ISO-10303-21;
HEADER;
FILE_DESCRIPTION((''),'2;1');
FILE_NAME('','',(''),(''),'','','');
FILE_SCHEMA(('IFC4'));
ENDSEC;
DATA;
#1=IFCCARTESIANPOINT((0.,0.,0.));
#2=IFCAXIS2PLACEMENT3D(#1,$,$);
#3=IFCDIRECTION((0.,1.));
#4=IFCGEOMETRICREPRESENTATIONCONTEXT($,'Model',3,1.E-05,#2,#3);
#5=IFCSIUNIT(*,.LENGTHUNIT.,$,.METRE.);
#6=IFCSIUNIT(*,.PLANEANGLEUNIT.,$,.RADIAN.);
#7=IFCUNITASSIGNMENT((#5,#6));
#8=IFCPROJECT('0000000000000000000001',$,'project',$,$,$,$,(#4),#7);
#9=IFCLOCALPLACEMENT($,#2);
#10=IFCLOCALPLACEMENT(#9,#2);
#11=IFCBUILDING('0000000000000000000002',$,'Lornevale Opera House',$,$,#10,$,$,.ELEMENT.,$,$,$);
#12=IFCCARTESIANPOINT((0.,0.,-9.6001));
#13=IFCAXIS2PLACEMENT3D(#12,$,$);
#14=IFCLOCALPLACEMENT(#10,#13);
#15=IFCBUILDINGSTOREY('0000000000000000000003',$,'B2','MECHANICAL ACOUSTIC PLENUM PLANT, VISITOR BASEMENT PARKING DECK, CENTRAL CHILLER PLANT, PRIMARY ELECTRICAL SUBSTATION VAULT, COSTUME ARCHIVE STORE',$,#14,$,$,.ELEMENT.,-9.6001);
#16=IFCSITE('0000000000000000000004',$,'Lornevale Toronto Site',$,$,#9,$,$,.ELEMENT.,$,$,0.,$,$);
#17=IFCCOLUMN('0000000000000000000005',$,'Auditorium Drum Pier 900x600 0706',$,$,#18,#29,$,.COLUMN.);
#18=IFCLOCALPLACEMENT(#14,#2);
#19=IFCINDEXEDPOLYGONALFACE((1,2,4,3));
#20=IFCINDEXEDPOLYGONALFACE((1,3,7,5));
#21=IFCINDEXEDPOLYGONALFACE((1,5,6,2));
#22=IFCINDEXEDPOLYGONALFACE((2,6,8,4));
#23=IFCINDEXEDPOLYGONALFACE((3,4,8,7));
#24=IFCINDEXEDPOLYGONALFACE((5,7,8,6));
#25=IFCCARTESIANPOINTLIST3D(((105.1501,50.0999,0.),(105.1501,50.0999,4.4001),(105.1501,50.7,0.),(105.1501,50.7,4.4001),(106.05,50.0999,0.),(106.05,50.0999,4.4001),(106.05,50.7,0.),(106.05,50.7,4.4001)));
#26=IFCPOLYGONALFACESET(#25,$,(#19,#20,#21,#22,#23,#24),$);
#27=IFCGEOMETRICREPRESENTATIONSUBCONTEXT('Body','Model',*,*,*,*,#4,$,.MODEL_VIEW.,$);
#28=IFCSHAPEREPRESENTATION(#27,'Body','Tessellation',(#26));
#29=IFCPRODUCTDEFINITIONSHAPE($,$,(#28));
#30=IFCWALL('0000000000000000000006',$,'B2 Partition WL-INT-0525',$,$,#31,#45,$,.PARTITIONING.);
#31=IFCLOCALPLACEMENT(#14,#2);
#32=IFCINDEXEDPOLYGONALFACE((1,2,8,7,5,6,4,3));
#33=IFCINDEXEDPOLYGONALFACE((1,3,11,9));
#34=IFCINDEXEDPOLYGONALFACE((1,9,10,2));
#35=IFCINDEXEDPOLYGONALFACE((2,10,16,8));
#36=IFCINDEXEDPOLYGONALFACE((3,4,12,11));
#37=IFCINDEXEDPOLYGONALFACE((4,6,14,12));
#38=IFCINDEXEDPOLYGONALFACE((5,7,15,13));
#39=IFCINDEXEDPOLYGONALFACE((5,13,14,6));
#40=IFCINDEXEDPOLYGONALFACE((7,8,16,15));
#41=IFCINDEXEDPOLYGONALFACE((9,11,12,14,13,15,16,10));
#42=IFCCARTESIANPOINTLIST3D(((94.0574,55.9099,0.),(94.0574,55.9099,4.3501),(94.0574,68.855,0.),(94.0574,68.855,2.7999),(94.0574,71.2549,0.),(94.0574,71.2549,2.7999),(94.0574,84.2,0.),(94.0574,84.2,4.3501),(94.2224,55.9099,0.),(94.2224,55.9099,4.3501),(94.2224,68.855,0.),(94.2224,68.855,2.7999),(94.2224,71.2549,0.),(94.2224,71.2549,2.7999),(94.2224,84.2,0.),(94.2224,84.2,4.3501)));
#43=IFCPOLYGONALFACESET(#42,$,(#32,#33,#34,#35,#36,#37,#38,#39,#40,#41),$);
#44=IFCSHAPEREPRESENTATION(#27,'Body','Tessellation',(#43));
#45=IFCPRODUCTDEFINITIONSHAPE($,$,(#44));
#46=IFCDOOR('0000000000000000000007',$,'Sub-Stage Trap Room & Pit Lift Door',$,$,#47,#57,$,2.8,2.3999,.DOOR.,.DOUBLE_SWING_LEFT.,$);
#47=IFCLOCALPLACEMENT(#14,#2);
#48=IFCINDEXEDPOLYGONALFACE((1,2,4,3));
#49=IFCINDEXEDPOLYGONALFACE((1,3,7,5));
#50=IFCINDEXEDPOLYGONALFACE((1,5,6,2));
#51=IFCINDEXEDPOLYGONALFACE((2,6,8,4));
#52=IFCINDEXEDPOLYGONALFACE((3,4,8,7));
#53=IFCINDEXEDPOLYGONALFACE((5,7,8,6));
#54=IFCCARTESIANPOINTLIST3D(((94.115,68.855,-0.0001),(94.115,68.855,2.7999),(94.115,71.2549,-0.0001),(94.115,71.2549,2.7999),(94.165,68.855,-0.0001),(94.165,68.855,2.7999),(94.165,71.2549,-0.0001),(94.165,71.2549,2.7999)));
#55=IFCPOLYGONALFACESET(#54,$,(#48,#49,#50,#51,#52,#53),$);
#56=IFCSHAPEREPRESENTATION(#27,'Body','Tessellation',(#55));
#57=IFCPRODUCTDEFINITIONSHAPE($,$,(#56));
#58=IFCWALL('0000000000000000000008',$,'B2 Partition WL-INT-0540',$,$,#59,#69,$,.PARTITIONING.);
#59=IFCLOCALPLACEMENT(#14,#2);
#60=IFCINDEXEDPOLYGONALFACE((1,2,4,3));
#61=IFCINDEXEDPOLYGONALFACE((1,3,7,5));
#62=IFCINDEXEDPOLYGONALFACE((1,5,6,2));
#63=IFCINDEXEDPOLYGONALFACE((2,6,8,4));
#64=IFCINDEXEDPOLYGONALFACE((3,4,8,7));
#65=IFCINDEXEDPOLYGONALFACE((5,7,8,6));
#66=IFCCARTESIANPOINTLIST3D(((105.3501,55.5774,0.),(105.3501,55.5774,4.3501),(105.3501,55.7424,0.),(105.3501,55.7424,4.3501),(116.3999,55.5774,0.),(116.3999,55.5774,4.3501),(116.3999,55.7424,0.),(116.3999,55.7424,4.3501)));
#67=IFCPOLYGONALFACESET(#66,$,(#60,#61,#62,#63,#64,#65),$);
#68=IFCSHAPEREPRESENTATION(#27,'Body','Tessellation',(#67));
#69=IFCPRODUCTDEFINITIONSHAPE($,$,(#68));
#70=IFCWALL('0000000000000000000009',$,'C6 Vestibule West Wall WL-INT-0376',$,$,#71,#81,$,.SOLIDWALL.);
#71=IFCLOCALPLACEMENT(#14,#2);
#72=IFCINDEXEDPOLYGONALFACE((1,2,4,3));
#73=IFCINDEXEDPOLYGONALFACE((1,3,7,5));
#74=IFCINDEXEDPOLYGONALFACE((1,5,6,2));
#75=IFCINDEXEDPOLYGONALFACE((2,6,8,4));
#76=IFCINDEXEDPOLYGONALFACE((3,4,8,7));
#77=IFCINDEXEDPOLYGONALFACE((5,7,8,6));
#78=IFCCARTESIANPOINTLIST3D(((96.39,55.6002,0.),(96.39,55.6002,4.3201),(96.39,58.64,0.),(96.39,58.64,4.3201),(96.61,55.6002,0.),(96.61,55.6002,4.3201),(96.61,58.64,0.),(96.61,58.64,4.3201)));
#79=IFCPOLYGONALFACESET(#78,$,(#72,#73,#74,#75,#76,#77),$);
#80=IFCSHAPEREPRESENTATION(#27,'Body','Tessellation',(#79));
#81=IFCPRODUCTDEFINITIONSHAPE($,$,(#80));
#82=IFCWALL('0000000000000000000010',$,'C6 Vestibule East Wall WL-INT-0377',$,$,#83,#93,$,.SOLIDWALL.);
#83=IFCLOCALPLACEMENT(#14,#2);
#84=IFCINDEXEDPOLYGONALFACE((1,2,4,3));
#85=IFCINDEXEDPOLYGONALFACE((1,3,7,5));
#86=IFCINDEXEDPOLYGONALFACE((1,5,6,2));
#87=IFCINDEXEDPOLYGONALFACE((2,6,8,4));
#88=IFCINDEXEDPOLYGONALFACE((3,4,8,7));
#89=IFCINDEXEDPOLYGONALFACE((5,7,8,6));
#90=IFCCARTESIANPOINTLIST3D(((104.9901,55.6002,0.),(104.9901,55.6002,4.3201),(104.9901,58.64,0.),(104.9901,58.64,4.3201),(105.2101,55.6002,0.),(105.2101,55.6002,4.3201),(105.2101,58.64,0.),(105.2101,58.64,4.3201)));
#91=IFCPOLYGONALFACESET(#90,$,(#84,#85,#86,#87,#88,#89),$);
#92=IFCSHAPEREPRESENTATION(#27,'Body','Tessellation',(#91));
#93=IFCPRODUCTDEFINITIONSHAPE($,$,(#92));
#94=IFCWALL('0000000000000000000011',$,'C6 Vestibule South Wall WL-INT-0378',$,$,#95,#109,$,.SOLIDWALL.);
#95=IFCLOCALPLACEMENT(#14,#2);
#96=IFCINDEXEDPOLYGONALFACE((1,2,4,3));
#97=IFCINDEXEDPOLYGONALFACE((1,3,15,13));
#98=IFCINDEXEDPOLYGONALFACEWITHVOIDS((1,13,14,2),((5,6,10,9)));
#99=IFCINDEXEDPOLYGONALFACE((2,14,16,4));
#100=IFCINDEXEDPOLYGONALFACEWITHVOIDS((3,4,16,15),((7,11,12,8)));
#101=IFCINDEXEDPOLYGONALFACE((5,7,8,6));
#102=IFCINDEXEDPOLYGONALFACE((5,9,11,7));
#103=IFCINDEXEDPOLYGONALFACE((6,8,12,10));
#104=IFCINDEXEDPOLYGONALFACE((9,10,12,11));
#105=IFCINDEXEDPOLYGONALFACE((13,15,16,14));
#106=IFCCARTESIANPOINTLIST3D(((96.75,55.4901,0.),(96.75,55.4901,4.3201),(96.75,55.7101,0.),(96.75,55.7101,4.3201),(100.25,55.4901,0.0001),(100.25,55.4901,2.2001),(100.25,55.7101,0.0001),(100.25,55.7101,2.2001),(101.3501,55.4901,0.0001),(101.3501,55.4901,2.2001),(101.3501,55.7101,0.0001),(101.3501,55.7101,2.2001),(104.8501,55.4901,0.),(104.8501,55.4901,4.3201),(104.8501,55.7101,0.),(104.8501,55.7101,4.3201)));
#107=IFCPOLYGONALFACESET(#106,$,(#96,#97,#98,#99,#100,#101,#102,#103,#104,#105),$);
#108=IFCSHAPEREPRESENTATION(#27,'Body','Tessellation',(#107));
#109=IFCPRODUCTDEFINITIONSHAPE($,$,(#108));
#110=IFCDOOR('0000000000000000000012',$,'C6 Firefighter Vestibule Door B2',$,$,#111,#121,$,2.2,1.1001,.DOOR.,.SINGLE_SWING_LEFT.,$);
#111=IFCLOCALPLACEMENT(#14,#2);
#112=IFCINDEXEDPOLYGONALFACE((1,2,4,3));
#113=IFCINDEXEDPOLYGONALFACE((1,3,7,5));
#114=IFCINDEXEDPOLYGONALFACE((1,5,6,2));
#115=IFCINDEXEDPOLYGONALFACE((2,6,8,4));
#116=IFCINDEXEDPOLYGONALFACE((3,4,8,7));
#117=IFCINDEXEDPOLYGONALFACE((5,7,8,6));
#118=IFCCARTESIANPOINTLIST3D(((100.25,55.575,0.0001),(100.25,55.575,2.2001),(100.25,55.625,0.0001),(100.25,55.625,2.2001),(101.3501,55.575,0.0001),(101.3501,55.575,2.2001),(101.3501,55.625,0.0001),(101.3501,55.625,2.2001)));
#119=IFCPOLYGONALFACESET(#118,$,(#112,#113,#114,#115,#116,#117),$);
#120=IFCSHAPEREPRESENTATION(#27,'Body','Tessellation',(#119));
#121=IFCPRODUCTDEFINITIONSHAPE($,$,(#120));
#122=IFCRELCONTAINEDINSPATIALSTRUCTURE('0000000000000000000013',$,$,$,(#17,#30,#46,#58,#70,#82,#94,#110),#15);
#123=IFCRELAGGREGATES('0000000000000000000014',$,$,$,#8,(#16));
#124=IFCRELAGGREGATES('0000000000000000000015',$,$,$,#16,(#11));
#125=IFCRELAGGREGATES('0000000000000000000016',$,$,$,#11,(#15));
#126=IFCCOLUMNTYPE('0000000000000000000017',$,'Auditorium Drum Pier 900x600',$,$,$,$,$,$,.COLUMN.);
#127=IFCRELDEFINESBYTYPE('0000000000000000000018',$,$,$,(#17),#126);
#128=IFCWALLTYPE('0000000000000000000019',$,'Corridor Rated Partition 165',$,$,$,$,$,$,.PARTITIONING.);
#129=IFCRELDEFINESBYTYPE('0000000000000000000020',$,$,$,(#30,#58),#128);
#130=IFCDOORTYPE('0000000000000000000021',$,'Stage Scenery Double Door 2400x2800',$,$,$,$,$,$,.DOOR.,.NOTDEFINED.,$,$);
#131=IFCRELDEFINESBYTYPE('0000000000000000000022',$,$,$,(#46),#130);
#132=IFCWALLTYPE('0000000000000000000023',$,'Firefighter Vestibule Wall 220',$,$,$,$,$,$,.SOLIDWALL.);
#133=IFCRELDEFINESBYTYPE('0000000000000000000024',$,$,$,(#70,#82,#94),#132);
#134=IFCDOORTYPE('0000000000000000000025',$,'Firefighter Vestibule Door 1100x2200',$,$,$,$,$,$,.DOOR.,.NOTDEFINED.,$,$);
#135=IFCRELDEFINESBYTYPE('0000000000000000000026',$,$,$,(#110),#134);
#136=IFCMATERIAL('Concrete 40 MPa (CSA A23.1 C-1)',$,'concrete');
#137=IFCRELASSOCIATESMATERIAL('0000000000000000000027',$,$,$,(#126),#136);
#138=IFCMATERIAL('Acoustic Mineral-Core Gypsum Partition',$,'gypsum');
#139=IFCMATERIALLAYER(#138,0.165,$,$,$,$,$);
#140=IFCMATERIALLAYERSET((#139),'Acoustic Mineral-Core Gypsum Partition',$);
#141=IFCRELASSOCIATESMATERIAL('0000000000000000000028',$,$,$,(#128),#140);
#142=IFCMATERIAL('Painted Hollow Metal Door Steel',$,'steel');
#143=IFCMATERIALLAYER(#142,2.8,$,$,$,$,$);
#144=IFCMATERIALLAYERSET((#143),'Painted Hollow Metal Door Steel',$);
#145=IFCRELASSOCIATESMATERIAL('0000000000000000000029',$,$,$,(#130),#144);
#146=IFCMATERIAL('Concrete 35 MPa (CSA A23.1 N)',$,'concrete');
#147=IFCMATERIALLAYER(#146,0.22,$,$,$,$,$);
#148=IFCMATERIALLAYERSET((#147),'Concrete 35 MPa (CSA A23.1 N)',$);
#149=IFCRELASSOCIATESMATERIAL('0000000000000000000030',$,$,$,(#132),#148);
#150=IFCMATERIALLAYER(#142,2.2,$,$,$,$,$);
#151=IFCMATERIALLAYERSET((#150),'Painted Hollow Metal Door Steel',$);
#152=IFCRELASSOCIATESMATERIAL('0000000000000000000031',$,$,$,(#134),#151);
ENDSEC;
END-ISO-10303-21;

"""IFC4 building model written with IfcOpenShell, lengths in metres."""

from ifc_helpers import new_model, si_unit, direction, frame, frame_2d, origin, origin_2d, place, context, subcontext, project, spatial, rectangle, extrude, material, layer, layer_set, material_profile, profile_set, type_object, element, fill, save


model = new_model("IFC4")

# Units and contexts
model_context = context("Model", 3, precision=1e-05, world=origin(), true_north=direction((0.0, 1.0)))
body_context = subcontext(model_context, "Body", "Model", "MODEL_VIEW")
ifc_project = project(units=[si_unit("LENGTHUNIT", "METRE"), si_unit("PLANEANGLEUNIT", "RADIAN")], contexts=[model_context])

# Site, building, storey
site_placement = place(None, origin())
site = spatial("IfcSite", under=ifc_project, at=site_placement, Name="Lornevale Toronto Site", CompositionType="ELEMENT", RefElevation=0.0)
building_placement = place(site_placement, origin())
building = spatial("IfcBuilding", under=site, at=building_placement, Name="Lornevale Opera House", CompositionType="ELEMENT")
storey_placement = place(building_placement, frame((0.0, 0.0, -9.6001)))
storey = spatial("IfcBuildingStorey", under=building, at=storey_placement, Name="B2", Description="MECHANICAL ACOUSTIC PLENUM PLANT, VISITOR BASEMENT PARKING DECK, CENTRAL CHILLER PLANT, PRIMARY ELECTRICAL SUBSTATION VAULT, COSTUME ARCHIVE STORE", CompositionType="ELEMENT", Elevation=-9.6001)

# Shared definitions
ifc_material_1 = material(Name="Concrete 35 MPa (CSA A23.1 N)", Category="concrete")

# Shared definitions
ifc_material_2 = material(Name="Concrete 40 MPa (CSA A23.1 C-1)", Category="concrete")

# Column
ifc_material_profile_1 = material_profile(ifc_material_2, rectangle(XDim=0.8999, YDim=0.6001, at=origin_2d()), Name="RC900x600")
ifc_profile_set_1 = profile_set([ifc_material_profile_1], Name="Concrete 40 MPa (CSA A23.1 C-1)")
column_type = type_object("IfcColumnType", Name="Auditorium Drum Pier 900x600", PredefinedType="COLUMN", material=ifc_profile_set_1)
for number, where, z_axis, x_axis, name in (
    (1, (105.6001, 50.3999, 0.0), (0.0, 0.0, 1.0), (1.0, 0.0, 0.0), "Auditorium Drum Pier 900x600 0706"),
):
    element("IfcColumn", number, at=place(storey_placement, frame(where, z_axis=z_axis, x_axis=x_axis)), inside=storey, type_object=column_type, Name=name, PredefinedType="COLUMN", context=body_context, shape_type="SweptSolid", body=[
        extrude(rectangle(XDim=0.8999, YDim=0.6001, at=origin_2d()), origin(), (0.0, 0.0, 1.0), 4.4001),
    ])

# Wall, opening, door
ifc_material_3 = material(Name="Acoustic Mineral-Core Gypsum Partition", Category="gypsum")
ifc_layer_1 = layer(ifc_material_3, 0.165)
ifc_layer_set_1 = layer_set([ifc_layer_1], Name="Acoustic Mineral-Core Gypsum Partition")
wall_type_1 = type_object("IfcWallType", Name="Corridor Rated Partition 165", PredefinedType="PARTITIONING", material=ifc_layer_set_1)
wall_1_placement = place(storey_placement, frame((94.1399, 55.9099, 0.0), z_axis=(0.0, 0.0, 1.0), x_axis=(0.0, 1.0, 0.0)))
wall_1 = element("IfcWall", 2, at=wall_1_placement, inside=storey, type_object=wall_type_1, Name="B2 Partition WL-INT-0525", PredefinedType="PARTITIONING", context=body_context, shape_type="SweptSolid", body=[
    extrude(rectangle(XDim=28.29, YDim=0.165, at=frame_2d((14.145, 0.0))), origin(), (0.0, 0.0, 1.0), 4.3501),
])
opening_1_placement = place(wall_1_placement, frame((12.9451, 0.0, 0.0)))
opening_1 = element("IfcOpeningElement", 3, at=opening_1_placement, cuts=wall_1, PredefinedType="OPENING", context=body_context, shape_type="SweptSolid", body=[
    extrude(rectangle(XDim=2.3999, YDim=2.8, at=frame_2d((1.2, 1.3999))), frame((0.0, 0.0925, 0.0), z_axis=(0.0, -1.0, 0.0), x_axis=(1.0, 0.0, 0.0)), (0.0, 0.0, 1.0), 0.1851),
])
ifc_material_4 = material(Name="Painted Hollow Metal Door Steel", Category="steel")
ifc_layer_2 = layer(ifc_material_4, 2.8)
ifc_layer_set_2 = layer_set([ifc_layer_2], Name="Painted Hollow Metal Door Steel")
door_type_1 = type_object("IfcDoorType", Name="Stage Scenery Double Door 2400x2800", OperationType="NOTDEFINED", PredefinedType="DOOR", material=ifc_layer_set_2)
door_1_placement = place(opening_1_placement, origin())
door_1 = element("IfcDoor", 4, at=door_1_placement, inside=storey, type_object=door_type_1, Name="Sub-Stage Trap Room & Pit Lift Door", OperationType="DOUBLE_SWING_LEFT", OverallHeight=2.8, OverallWidth=2.3999, PredefinedType="DOOR", context=body_context, shape_type="SweptSolid", body=[
    extrude(rectangle(XDim=2.3999, YDim=2.8, at=frame_2d((1.2, 1.3999))), frame((0.0, 0.0249, 0.0), z_axis=(0.0, -1.0, 0.0), x_axis=(1.0, 0.0, 0.0)), (0.0, 0.0, 1.0), 0.05),
])
fill(opening_1, door_1)

# Walls
wall_2_placement = place(storey_placement, frame((105.3501, 55.6599, 0.0), z_axis=(0.0, 0.0, 1.0), x_axis=(1.0, 0.0, 0.0)))
element("IfcWall", 5, at=wall_2_placement, inside=storey, type_object=wall_type_1, Name="B2 Partition WL-INT-0540", PredefinedType="PARTITIONING", context=body_context, shape_type="SweptSolid", body=[
    extrude(rectangle(XDim=11.0498, YDim=0.165, at=frame_2d((5.5249, 0.0))), origin(), (0.0, 0.0, 1.0), 4.3501),
])
ifc_layer_3 = layer(ifc_material_1, 0.22)
ifc_layer_set_3 = layer_set([ifc_layer_3], Name="Concrete 35 MPa (CSA A23.1 N)")
wall_type_2 = type_object("IfcWallType", Name="Firefighter Vestibule Wall 220", PredefinedType="SOLIDWALL", material=ifc_layer_set_3)
for number, where, z_axis, x_axis, name in (
    (6, (96.5, 55.6001, 0.0), (0.0, 0.0, 1.0), (0.0, 1.0, 0.0), "C6 Vestibule West Wall WL-INT-0376"),
    (7, (105.1001, 55.6001, 0.0), (0.0, 0.0, 1.0), (0.0, 1.0, 0.0), "C6 Vestibule East Wall WL-INT-0377"),
):
    element("IfcWall", number, at=place(storey_placement, frame(where, z_axis=z_axis, x_axis=x_axis)), inside=storey, type_object=wall_type_2, Name=name, PredefinedType="SOLIDWALL", context=body_context, shape_type="SweptSolid", body=[
        extrude(rectangle(XDim=3.0398, YDim=0.22, at=frame_2d((1.52, 0.0))), origin(), (0.0, 0.0, 1.0), 4.3201),
    ])

# Wall, opening, door
wall_3_placement = place(storey_placement, frame((96.75, 55.6001, 0.0), z_axis=(0.0, 0.0, 1.0), x_axis=(1.0, 0.0, 0.0)))
wall_3 = element("IfcWall", 8, at=wall_3_placement, inside=storey, type_object=wall_type_2, Name="C6 Vestibule South Wall WL-INT-0378", PredefinedType="SOLIDWALL", context=body_context, shape_type="SweptSolid", body=[
    extrude(rectangle(XDim=8.1001, YDim=0.22, at=frame_2d((4.05, 0.0))), origin(), (0.0, 0.0, 1.0), 4.3201),
])
opening_2_placement = place(wall_3_placement, frame((3.5, 0.0, 0.0)))
opening_2 = element("IfcOpeningElement", 9, at=opening_2_placement, cuts=wall_3, PredefinedType="OPENING", context=body_context, shape_type="SweptSolid", body=[
    extrude(rectangle(XDim=1.1001, YDim=2.2, at=frame_2d((0.55, 1.1001))), frame((0.0, 0.1199, 0.0), z_axis=(0.0, -1.0, 0.0), x_axis=(1.0, 0.0, 0.0)), (0.0, 0.0, 1.0), 0.24),
])
ifc_layer_4 = layer(ifc_material_4, 2.2)
ifc_layer_set_4 = layer_set([ifc_layer_4], Name="Painted Hollow Metal Door Steel")
door_type_2 = type_object("IfcDoorType", Name="Firefighter Vestibule Door 1100x2200", OperationType="NOTDEFINED", PredefinedType="DOOR", material=ifc_layer_set_4)
door_2_placement = place(opening_2_placement, origin())
door_2 = element("IfcDoor", 10, at=door_2_placement, inside=storey, type_object=door_type_2, Name="C6 Firefighter Vestibule Door B2", OperationType="SINGLE_SWING_LEFT", OverallHeight=2.2, OverallWidth=1.1001, PredefinedType="DOOR", context=body_context, shape_type="SweptSolid", body=[
    extrude(rectangle(XDim=1.1001, YDim=2.2, at=frame_2d((0.55, 1.1001))), frame((0.0, 0.0249, 0.0), z_axis=(0.0, -1.0, 0.0), x_axis=(1.0, 0.0, 0.0)), (0.0, 0.0, 1.0), 0.05),
])
fill(opening_2, door_2)

save(model, "model.ifc")
